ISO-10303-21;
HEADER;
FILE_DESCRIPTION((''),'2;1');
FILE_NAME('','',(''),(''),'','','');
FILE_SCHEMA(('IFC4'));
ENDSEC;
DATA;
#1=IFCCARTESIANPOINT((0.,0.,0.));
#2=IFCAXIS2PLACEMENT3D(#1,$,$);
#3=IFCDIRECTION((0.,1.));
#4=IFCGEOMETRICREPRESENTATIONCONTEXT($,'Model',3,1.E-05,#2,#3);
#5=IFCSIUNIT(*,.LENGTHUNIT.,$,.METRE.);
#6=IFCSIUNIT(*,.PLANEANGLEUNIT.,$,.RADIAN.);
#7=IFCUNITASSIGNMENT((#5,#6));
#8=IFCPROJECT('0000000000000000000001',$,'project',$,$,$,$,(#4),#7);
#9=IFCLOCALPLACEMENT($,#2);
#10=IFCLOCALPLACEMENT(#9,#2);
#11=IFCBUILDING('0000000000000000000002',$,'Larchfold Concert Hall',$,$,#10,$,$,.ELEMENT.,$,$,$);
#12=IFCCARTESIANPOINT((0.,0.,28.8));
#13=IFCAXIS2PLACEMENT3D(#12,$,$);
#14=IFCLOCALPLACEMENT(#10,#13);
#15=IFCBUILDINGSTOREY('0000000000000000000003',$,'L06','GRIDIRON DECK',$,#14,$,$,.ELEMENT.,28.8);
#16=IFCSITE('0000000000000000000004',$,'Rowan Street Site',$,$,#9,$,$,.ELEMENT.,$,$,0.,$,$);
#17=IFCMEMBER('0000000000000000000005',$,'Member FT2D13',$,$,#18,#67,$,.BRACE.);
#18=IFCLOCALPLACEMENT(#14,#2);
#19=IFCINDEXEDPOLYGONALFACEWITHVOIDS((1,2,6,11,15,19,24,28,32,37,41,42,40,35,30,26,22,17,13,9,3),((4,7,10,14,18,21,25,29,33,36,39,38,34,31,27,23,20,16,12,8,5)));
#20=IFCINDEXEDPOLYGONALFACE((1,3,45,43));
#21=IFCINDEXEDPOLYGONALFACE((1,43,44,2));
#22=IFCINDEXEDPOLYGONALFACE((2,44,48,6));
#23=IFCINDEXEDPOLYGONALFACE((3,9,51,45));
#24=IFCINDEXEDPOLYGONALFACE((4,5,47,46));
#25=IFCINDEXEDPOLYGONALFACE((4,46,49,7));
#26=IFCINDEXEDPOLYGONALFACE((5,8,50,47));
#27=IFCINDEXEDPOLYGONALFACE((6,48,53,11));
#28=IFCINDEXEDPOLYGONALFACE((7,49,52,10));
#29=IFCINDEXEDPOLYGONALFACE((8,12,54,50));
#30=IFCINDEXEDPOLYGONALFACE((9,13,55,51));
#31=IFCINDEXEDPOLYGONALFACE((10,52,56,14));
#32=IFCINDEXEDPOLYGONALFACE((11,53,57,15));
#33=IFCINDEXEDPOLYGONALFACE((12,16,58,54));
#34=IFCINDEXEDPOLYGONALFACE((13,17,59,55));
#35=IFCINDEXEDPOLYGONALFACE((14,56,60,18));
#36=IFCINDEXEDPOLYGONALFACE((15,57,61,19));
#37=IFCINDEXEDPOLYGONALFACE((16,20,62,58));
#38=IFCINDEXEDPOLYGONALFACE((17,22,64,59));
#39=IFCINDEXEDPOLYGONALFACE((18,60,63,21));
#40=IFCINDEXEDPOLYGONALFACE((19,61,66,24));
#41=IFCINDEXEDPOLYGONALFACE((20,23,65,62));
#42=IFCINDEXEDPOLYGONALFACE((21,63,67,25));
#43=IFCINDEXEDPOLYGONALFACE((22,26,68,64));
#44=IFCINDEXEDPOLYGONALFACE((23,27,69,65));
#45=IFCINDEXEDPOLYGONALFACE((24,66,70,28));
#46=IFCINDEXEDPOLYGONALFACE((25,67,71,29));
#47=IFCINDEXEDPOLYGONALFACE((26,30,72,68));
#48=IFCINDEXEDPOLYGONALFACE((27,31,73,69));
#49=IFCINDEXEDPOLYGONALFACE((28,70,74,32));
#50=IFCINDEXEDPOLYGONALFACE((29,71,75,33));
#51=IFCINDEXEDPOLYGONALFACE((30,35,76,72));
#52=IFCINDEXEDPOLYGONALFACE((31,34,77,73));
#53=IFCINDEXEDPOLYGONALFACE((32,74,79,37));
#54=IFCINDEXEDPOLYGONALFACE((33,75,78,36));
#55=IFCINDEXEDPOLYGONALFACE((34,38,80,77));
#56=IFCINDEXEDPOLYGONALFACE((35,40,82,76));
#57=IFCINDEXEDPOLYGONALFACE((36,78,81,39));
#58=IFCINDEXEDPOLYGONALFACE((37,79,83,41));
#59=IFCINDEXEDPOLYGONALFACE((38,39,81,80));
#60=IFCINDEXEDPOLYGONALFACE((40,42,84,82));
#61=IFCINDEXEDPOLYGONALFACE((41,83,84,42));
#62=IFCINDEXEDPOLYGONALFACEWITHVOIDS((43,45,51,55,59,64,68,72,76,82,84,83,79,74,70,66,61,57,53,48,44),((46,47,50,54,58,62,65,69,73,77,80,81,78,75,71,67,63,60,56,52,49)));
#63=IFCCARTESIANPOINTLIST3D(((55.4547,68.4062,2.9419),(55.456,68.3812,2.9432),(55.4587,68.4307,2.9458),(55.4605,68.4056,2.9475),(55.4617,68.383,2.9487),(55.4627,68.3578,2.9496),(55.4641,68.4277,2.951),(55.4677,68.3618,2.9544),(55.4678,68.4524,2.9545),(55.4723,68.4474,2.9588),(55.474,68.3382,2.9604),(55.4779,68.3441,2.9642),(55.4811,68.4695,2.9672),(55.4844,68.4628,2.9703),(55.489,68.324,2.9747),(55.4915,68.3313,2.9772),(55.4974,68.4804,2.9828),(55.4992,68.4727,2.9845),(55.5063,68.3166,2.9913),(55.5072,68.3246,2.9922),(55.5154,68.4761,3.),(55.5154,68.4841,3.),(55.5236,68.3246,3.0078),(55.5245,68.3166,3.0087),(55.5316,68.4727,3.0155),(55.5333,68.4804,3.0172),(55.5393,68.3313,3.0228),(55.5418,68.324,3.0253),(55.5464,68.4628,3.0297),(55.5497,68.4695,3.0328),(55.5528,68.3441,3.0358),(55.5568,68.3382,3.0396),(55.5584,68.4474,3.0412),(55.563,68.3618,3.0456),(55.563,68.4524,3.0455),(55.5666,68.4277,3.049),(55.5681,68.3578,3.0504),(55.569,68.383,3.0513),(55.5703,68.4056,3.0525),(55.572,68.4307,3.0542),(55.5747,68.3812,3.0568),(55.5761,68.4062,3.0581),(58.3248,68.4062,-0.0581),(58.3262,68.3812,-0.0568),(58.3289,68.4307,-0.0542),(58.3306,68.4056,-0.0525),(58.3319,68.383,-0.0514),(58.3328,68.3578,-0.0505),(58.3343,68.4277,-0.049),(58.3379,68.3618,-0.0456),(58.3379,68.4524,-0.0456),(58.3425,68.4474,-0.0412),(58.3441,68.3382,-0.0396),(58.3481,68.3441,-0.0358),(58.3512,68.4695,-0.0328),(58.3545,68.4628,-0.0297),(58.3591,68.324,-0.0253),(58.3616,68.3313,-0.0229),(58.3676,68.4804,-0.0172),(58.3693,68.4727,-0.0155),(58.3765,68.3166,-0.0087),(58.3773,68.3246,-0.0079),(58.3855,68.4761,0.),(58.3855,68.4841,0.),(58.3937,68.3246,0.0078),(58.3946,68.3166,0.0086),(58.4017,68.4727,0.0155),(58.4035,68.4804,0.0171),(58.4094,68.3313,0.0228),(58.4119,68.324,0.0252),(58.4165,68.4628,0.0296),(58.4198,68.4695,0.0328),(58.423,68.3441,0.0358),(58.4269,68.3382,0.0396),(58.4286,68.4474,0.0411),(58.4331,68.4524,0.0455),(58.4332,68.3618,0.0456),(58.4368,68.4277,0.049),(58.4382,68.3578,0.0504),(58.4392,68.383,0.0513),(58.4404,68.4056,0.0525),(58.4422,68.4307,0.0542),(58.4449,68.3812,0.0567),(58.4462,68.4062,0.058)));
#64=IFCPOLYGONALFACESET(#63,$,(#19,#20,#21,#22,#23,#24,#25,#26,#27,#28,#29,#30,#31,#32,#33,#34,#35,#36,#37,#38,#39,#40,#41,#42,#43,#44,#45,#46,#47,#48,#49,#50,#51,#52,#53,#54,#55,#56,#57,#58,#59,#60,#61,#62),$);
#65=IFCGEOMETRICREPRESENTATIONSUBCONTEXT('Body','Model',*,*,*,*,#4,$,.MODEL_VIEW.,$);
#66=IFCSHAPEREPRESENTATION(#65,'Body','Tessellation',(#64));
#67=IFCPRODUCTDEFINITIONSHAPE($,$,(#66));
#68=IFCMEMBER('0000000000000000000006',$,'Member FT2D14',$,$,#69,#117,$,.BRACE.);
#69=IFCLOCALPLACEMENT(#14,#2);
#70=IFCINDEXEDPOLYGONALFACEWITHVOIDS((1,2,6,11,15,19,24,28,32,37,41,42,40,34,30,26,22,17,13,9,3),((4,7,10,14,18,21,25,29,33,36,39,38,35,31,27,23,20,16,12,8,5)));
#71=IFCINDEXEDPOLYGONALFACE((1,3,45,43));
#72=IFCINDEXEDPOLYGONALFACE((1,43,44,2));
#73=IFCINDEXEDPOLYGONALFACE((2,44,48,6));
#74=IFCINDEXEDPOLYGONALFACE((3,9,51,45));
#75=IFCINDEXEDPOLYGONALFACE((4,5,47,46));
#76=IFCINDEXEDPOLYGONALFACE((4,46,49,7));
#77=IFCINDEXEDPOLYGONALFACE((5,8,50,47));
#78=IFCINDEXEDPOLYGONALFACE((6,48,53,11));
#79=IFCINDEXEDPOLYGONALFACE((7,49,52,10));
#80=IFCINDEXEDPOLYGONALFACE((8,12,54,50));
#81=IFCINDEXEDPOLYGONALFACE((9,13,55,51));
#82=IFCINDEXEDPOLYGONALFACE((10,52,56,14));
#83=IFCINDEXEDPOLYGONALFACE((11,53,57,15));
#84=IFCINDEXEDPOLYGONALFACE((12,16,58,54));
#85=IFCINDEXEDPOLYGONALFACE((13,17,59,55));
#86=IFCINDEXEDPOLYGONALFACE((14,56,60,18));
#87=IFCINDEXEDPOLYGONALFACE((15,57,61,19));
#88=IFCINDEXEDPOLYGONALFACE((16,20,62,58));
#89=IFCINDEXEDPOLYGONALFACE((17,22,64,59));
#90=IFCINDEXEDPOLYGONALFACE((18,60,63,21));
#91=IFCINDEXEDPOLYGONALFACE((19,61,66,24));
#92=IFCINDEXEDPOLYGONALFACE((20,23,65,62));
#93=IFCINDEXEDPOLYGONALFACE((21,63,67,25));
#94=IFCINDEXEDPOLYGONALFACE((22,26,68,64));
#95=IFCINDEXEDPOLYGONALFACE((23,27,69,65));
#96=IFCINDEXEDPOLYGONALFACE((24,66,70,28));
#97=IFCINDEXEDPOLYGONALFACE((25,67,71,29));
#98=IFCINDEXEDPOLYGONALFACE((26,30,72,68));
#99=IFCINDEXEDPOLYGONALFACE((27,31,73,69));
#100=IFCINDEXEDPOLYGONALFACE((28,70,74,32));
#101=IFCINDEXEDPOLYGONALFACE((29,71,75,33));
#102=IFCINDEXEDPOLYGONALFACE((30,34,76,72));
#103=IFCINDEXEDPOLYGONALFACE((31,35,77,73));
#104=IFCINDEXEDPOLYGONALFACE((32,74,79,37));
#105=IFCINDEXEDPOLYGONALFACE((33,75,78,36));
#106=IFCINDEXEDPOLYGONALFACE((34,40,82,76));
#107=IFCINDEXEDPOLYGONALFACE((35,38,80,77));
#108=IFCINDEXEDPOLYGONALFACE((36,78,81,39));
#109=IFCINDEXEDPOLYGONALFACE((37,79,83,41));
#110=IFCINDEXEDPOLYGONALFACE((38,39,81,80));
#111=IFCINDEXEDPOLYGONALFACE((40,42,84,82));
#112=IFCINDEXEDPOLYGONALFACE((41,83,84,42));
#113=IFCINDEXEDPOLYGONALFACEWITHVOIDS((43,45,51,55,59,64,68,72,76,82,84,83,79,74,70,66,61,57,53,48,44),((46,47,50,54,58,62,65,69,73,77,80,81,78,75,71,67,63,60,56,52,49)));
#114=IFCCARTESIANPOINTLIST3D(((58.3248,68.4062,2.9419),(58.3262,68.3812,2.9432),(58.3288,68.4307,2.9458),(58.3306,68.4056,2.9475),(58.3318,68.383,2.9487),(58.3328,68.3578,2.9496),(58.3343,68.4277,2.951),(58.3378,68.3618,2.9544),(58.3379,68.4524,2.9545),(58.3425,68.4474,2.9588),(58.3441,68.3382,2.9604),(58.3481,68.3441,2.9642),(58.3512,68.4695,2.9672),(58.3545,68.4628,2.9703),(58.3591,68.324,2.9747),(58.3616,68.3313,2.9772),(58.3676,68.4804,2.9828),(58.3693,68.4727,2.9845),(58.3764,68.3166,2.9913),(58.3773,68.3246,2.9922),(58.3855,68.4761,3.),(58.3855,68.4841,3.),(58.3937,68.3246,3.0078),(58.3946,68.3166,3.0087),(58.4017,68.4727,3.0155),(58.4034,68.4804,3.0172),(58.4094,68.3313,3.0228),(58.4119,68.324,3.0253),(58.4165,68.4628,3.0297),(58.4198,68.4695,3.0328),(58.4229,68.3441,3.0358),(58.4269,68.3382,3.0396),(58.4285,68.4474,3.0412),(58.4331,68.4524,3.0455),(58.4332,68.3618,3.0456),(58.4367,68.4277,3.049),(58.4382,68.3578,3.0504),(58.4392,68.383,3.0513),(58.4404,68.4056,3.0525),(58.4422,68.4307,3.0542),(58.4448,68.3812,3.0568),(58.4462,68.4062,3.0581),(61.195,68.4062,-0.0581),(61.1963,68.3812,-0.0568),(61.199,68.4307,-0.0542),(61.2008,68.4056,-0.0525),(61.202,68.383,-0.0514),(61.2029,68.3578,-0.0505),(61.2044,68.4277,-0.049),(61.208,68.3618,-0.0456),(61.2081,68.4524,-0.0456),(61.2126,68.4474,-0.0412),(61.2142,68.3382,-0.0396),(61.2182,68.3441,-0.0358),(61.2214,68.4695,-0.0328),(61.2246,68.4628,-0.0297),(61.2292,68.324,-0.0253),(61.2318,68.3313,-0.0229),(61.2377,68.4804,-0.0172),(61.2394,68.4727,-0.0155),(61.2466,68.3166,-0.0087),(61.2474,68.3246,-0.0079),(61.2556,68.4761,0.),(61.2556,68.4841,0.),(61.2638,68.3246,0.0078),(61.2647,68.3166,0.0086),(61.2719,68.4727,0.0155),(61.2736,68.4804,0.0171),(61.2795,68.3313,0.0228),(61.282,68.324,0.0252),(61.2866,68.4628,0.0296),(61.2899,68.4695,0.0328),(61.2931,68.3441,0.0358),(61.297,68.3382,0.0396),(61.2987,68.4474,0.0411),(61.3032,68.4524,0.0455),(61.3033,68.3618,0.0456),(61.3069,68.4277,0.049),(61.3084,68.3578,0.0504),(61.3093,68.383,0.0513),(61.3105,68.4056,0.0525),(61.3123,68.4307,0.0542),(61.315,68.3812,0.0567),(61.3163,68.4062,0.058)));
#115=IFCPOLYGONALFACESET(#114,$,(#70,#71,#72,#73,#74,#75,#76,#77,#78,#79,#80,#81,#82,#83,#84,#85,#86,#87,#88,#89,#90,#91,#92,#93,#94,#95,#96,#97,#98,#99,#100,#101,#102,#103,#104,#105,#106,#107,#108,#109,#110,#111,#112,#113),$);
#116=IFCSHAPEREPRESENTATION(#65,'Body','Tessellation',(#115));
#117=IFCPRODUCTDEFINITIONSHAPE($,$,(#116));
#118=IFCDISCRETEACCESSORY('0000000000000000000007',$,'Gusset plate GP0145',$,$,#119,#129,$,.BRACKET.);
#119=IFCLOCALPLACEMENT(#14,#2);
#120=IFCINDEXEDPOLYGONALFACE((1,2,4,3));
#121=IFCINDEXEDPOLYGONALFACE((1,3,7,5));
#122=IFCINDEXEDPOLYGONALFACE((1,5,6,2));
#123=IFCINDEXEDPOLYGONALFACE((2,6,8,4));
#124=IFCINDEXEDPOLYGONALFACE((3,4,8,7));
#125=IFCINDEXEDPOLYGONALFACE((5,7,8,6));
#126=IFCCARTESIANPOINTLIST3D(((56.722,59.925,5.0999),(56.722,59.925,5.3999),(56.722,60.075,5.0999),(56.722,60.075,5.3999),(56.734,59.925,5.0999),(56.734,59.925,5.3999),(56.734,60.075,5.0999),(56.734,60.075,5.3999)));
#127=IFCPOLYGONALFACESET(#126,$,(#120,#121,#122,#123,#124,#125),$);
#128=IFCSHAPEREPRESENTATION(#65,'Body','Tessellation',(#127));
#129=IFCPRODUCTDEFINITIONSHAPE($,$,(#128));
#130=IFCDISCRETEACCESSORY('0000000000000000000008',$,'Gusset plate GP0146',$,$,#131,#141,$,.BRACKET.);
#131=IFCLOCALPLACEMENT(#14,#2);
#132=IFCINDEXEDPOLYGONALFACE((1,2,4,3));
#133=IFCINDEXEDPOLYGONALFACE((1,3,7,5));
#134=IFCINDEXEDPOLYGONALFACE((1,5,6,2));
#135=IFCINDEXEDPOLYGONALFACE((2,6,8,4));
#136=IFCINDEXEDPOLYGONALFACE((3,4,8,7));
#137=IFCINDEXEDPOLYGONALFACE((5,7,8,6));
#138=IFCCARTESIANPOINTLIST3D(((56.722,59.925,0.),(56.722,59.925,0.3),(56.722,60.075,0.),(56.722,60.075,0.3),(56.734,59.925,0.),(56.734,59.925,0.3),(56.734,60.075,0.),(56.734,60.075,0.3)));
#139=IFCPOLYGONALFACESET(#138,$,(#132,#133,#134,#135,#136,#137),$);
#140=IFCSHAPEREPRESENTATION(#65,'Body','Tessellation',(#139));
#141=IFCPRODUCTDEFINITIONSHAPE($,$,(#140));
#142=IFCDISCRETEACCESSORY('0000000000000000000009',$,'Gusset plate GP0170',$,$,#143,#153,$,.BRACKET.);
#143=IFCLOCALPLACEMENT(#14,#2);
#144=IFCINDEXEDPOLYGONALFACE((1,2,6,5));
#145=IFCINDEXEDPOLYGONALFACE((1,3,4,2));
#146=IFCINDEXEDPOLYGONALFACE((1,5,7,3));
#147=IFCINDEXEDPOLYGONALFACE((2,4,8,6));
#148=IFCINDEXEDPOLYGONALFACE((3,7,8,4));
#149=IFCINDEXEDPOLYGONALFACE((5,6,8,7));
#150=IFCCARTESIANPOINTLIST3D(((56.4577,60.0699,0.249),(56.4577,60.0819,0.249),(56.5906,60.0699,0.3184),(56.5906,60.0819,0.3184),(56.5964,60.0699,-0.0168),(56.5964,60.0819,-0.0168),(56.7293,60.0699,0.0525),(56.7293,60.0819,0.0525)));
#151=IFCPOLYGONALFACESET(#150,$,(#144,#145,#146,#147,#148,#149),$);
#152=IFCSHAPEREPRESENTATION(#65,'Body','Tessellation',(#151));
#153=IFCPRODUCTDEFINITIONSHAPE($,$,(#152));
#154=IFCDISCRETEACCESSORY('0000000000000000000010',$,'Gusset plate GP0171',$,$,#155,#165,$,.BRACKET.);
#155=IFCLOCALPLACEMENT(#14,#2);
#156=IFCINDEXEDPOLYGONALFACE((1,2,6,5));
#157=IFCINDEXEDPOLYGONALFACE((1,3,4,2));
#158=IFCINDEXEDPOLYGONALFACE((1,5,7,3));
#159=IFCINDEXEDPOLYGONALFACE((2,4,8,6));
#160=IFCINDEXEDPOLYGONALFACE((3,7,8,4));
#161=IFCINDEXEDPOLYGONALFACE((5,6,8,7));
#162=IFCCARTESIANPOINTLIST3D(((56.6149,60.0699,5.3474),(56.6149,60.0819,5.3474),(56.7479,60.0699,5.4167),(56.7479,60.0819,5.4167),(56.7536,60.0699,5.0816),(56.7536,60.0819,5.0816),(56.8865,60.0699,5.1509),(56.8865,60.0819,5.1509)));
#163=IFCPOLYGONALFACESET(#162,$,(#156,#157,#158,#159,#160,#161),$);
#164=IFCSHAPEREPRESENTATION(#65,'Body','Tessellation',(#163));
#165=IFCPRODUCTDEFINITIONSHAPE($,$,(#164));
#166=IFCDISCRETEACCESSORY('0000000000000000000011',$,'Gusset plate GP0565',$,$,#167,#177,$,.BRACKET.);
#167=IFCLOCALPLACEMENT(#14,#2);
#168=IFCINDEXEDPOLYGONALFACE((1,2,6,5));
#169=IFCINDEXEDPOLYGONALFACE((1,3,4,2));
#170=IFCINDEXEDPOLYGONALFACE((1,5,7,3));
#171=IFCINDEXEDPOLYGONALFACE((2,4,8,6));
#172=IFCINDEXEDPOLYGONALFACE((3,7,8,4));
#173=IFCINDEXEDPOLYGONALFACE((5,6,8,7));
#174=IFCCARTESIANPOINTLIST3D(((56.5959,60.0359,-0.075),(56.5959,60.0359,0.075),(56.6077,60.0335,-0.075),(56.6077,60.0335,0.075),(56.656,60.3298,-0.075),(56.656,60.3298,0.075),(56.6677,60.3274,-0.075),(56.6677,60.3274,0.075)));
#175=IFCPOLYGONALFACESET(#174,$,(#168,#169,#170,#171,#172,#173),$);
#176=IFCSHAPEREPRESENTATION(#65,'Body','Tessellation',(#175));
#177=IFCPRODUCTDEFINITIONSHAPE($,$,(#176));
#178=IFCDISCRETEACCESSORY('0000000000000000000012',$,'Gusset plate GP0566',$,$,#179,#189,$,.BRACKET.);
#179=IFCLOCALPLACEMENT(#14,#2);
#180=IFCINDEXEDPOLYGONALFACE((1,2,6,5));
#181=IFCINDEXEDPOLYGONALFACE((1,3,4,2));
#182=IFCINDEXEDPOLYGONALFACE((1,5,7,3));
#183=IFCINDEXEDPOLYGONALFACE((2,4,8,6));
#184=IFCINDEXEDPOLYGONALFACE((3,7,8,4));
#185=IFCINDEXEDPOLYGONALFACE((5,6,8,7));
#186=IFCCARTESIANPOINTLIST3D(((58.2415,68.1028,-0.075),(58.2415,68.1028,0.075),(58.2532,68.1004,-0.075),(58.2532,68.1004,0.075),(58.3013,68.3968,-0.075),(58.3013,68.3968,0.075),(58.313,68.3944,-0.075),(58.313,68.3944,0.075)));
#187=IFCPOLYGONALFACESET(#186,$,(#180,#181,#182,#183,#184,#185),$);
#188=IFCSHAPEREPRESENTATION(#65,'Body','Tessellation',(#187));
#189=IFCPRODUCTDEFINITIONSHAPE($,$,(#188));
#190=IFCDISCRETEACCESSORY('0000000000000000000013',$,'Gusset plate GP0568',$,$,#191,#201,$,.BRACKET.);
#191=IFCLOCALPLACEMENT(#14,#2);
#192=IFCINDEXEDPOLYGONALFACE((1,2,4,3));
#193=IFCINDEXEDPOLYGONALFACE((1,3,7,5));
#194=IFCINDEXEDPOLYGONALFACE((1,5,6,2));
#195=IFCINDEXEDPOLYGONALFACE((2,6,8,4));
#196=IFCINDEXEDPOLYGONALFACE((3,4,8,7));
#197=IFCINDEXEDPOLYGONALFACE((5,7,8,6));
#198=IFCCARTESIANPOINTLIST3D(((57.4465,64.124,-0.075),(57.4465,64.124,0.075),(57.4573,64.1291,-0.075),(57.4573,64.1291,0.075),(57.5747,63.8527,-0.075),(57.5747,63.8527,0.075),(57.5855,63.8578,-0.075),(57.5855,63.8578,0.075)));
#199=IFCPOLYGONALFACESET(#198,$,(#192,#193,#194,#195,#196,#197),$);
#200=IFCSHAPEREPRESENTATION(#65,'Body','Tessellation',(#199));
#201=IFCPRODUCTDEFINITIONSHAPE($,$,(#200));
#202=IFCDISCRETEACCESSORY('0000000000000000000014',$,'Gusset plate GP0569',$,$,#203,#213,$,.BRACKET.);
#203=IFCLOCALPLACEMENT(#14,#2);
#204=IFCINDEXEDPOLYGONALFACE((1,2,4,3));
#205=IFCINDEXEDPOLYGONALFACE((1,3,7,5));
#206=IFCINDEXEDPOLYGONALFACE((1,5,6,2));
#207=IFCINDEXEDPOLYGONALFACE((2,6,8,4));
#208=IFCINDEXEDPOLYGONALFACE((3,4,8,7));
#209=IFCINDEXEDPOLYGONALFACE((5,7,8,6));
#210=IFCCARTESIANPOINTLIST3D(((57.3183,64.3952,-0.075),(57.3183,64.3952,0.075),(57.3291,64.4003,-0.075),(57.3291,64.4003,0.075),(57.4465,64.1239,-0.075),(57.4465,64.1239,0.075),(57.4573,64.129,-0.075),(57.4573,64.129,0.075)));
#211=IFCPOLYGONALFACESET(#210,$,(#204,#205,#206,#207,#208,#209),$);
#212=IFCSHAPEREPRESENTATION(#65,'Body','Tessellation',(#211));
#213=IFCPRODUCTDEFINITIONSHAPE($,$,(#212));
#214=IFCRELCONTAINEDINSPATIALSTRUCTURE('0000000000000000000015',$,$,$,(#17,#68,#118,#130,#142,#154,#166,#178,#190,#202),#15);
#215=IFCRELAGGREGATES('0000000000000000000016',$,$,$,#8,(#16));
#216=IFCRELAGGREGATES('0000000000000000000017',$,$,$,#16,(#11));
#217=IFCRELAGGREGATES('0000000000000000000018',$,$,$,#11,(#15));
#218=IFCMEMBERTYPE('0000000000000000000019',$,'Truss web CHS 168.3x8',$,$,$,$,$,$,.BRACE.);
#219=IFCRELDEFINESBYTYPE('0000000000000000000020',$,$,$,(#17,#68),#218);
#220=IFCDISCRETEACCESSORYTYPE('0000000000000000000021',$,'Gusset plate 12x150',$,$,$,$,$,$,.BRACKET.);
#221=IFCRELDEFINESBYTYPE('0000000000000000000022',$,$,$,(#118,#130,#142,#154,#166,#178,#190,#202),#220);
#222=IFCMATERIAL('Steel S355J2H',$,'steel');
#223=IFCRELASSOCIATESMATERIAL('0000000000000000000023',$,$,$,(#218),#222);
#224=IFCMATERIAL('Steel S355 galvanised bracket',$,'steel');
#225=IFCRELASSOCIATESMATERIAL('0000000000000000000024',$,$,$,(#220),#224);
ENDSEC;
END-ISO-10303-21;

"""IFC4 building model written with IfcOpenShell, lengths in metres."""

from ifc_helpers import new_model, si_unit, direction, frame, origin, origin_2d, place, context, subcontext, project, spatial, rectangle, hollow_circle, extrude, material, material_profile, profile_set, type_object, element, save


model = new_model("IFC4")

# Units and contexts
model_context = context("Model", 3, precision=1e-05, world=origin(), true_north=direction((0.0, 1.0)))
body_context = subcontext(model_context, "Body", "Model", "MODEL_VIEW")
ifc_project = project(units=[si_unit("LENGTHUNIT", "METRE"), si_unit("PLANEANGLEUNIT", "RADIAN")], contexts=[model_context])

# Site, building, storey
site_placement = place(None, origin())
site = spatial("IfcSite", under=ifc_project, at=site_placement, Name="Rowan Street Site", CompositionType="ELEMENT", RefElevation=0.0)
building_placement = place(site_placement, origin())
building = spatial("IfcBuilding", under=site, at=building_placement, Name="Larchfold Concert Hall", CompositionType="ELEMENT")
storey_placement = place(building_placement, frame((0.0, 0.0, 28.8)))
storey = spatial("IfcBuildingStorey", under=building, at=storey_placement, Name="L06", Description="GRIDIRON DECK", CompositionType="ELEMENT", Elevation=28.8)

# Members
ifc_material_1 = material(Name="Steel S355J2H", Category="steel")
ifc_material_profile_1 = material_profile(ifc_material_1, hollow_circle(Radius=0.0842, WallThickness=0.0081, at=origin_2d()))
ifc_profile_set_1 = profile_set([ifc_material_profile_1], Name="Steel S355J2H")
member_type_1 = type_object("IfcMemberType", Name="Truss web CHS 168.3x8", PredefinedType="BRACE", material=ifc_profile_set_1)
for number, where, z_axis, x_axis, name in (
    (1, (55.5154, 68.3999, 3.0), (0.691292, 0.0, -0.722575), (0.0, 1.0, 0.0), "Member FT2D13"),
    (2, (58.3855, 68.3999, 3.0), (0.691292, 0.0, -0.722575), (0.0, 1.0, 0.0), "Member FT2D14"),
):
    element("IfcMember", number, at=place(storey_placement, frame(where, z_axis=z_axis, x_axis=x_axis)), inside=storey, type_object=member_type_1, Name=name, PredefinedType="BRACE", context=body_context, shape_type="SweptSolid", body=[
        extrude(hollow_circle(Radius=0.0842, WallThickness=0.0081, at=origin_2d()), origin(), (0.0, 0.0, 1.0), 4.1519),
    ])

# Discrete accessories
ifc_material_2 = material(Name="Steel S355 galvanised bracket", Category="steel")
ifc_material_profile_2 = material_profile(ifc_material_2, rectangle(XDim=0.012, YDim=0.1499, at=origin_2d()))
ifc_profile_set_2 = profile_set([ifc_material_profile_2], Name="Steel S355 galvanised bracket")
discrete_accessory_type_1 = type_object("IfcDiscreteAccessoryType", Name="Gusset plate 12x150", PredefinedType="BRACKET", material=ifc_profile_set_2)
for number, where, z_axis, x_axis, name in (
    (3, (56.728, 60.0, 5.3999), (0.0, 0.0, -1.0), (1.0, 0.0, 0.0), "Gusset plate GP0145"),
    (4, (56.728, 60.0, 0.3), (0.0, 0.0, -1.0), (1.0, 0.0, 0.0), "Gusset plate GP0146"),
):
    element("IfcDiscreteAccessory", number, at=place(storey_placement, frame(where, z_axis=z_axis, x_axis=x_axis)), inside=storey, type_object=discrete_accessory_type_1, Name=name, PredefinedType="BRACKET", context=body_context, shape_type="SweptSolid", body=[
        extrude(rectangle(XDim=0.012, YDim=0.1499, at=origin_2d()), origin(), (0.0, 0.0, 1.0), 0.3),
    ])
for number, where, z_axis, x_axis, name in (
    (5, (56.5242, 60.0759, 0.2837), (0.462455, 0.0, -0.886643), (0.0, 1.0, 0.0), "Gusset plate GP0170"),
    (6, (56.6814, 60.0759, 5.3821), (0.462455, 0.0, -0.886643), (0.0, 1.0, 0.0), "Gusset plate GP0171"),
):
    element("IfcDiscreteAccessory", number, at=place(storey_placement, frame(where, z_axis=z_axis, x_axis=x_axis)), inside=storey, type_object=discrete_accessory_type_1, Name=name, PredefinedType="BRACKET", context=body_context, shape_type="SweptSolid", body=[
        extrude(rectangle(XDim=0.012, YDim=0.1499, at=origin_2d()), origin(), (0.0, 0.0, 1.0), 0.2998),
    ])
for number, where, z_axis, x_axis, name in (
    (7, (56.6018, 60.0347, 0.0), (0.200183, 0.979758, 0.0), (-0.979758, 0.200183, 0.0), "Gusset plate GP0565"),
    (8, (58.2473, 68.1016, 0.0), (0.199402, 0.979918, 0.0), (-0.979918, 0.199402, 0.0), "Gusset plate GP0566"),
    (9, (57.5801, 63.8552, 0.0), (-0.427247, 0.904135, 0.0), (-0.904135, -0.427247, 0.0), "Gusset plate GP0568"),
    (10, (57.4519, 64.1265, 0.0), (-0.427247, 0.904135, 0.0), (-0.904135, -0.427247, 0.0), "Gusset plate GP0569"),
):
    element("IfcDiscreteAccessory", number, at=place(storey_placement, frame(where, z_axis=z_axis, x_axis=x_axis)), inside=storey, type_object=discrete_accessory_type_1, Name=name, PredefinedType="BRACKET", context=body_context, shape_type="SweptSolid", body=[
        extrude(rectangle(XDim=0.012, YDim=0.1499, at=origin_2d()), origin(), (0.0, 0.0, 1.0), 0.3),
    ])

save(model, "model.ifc")
